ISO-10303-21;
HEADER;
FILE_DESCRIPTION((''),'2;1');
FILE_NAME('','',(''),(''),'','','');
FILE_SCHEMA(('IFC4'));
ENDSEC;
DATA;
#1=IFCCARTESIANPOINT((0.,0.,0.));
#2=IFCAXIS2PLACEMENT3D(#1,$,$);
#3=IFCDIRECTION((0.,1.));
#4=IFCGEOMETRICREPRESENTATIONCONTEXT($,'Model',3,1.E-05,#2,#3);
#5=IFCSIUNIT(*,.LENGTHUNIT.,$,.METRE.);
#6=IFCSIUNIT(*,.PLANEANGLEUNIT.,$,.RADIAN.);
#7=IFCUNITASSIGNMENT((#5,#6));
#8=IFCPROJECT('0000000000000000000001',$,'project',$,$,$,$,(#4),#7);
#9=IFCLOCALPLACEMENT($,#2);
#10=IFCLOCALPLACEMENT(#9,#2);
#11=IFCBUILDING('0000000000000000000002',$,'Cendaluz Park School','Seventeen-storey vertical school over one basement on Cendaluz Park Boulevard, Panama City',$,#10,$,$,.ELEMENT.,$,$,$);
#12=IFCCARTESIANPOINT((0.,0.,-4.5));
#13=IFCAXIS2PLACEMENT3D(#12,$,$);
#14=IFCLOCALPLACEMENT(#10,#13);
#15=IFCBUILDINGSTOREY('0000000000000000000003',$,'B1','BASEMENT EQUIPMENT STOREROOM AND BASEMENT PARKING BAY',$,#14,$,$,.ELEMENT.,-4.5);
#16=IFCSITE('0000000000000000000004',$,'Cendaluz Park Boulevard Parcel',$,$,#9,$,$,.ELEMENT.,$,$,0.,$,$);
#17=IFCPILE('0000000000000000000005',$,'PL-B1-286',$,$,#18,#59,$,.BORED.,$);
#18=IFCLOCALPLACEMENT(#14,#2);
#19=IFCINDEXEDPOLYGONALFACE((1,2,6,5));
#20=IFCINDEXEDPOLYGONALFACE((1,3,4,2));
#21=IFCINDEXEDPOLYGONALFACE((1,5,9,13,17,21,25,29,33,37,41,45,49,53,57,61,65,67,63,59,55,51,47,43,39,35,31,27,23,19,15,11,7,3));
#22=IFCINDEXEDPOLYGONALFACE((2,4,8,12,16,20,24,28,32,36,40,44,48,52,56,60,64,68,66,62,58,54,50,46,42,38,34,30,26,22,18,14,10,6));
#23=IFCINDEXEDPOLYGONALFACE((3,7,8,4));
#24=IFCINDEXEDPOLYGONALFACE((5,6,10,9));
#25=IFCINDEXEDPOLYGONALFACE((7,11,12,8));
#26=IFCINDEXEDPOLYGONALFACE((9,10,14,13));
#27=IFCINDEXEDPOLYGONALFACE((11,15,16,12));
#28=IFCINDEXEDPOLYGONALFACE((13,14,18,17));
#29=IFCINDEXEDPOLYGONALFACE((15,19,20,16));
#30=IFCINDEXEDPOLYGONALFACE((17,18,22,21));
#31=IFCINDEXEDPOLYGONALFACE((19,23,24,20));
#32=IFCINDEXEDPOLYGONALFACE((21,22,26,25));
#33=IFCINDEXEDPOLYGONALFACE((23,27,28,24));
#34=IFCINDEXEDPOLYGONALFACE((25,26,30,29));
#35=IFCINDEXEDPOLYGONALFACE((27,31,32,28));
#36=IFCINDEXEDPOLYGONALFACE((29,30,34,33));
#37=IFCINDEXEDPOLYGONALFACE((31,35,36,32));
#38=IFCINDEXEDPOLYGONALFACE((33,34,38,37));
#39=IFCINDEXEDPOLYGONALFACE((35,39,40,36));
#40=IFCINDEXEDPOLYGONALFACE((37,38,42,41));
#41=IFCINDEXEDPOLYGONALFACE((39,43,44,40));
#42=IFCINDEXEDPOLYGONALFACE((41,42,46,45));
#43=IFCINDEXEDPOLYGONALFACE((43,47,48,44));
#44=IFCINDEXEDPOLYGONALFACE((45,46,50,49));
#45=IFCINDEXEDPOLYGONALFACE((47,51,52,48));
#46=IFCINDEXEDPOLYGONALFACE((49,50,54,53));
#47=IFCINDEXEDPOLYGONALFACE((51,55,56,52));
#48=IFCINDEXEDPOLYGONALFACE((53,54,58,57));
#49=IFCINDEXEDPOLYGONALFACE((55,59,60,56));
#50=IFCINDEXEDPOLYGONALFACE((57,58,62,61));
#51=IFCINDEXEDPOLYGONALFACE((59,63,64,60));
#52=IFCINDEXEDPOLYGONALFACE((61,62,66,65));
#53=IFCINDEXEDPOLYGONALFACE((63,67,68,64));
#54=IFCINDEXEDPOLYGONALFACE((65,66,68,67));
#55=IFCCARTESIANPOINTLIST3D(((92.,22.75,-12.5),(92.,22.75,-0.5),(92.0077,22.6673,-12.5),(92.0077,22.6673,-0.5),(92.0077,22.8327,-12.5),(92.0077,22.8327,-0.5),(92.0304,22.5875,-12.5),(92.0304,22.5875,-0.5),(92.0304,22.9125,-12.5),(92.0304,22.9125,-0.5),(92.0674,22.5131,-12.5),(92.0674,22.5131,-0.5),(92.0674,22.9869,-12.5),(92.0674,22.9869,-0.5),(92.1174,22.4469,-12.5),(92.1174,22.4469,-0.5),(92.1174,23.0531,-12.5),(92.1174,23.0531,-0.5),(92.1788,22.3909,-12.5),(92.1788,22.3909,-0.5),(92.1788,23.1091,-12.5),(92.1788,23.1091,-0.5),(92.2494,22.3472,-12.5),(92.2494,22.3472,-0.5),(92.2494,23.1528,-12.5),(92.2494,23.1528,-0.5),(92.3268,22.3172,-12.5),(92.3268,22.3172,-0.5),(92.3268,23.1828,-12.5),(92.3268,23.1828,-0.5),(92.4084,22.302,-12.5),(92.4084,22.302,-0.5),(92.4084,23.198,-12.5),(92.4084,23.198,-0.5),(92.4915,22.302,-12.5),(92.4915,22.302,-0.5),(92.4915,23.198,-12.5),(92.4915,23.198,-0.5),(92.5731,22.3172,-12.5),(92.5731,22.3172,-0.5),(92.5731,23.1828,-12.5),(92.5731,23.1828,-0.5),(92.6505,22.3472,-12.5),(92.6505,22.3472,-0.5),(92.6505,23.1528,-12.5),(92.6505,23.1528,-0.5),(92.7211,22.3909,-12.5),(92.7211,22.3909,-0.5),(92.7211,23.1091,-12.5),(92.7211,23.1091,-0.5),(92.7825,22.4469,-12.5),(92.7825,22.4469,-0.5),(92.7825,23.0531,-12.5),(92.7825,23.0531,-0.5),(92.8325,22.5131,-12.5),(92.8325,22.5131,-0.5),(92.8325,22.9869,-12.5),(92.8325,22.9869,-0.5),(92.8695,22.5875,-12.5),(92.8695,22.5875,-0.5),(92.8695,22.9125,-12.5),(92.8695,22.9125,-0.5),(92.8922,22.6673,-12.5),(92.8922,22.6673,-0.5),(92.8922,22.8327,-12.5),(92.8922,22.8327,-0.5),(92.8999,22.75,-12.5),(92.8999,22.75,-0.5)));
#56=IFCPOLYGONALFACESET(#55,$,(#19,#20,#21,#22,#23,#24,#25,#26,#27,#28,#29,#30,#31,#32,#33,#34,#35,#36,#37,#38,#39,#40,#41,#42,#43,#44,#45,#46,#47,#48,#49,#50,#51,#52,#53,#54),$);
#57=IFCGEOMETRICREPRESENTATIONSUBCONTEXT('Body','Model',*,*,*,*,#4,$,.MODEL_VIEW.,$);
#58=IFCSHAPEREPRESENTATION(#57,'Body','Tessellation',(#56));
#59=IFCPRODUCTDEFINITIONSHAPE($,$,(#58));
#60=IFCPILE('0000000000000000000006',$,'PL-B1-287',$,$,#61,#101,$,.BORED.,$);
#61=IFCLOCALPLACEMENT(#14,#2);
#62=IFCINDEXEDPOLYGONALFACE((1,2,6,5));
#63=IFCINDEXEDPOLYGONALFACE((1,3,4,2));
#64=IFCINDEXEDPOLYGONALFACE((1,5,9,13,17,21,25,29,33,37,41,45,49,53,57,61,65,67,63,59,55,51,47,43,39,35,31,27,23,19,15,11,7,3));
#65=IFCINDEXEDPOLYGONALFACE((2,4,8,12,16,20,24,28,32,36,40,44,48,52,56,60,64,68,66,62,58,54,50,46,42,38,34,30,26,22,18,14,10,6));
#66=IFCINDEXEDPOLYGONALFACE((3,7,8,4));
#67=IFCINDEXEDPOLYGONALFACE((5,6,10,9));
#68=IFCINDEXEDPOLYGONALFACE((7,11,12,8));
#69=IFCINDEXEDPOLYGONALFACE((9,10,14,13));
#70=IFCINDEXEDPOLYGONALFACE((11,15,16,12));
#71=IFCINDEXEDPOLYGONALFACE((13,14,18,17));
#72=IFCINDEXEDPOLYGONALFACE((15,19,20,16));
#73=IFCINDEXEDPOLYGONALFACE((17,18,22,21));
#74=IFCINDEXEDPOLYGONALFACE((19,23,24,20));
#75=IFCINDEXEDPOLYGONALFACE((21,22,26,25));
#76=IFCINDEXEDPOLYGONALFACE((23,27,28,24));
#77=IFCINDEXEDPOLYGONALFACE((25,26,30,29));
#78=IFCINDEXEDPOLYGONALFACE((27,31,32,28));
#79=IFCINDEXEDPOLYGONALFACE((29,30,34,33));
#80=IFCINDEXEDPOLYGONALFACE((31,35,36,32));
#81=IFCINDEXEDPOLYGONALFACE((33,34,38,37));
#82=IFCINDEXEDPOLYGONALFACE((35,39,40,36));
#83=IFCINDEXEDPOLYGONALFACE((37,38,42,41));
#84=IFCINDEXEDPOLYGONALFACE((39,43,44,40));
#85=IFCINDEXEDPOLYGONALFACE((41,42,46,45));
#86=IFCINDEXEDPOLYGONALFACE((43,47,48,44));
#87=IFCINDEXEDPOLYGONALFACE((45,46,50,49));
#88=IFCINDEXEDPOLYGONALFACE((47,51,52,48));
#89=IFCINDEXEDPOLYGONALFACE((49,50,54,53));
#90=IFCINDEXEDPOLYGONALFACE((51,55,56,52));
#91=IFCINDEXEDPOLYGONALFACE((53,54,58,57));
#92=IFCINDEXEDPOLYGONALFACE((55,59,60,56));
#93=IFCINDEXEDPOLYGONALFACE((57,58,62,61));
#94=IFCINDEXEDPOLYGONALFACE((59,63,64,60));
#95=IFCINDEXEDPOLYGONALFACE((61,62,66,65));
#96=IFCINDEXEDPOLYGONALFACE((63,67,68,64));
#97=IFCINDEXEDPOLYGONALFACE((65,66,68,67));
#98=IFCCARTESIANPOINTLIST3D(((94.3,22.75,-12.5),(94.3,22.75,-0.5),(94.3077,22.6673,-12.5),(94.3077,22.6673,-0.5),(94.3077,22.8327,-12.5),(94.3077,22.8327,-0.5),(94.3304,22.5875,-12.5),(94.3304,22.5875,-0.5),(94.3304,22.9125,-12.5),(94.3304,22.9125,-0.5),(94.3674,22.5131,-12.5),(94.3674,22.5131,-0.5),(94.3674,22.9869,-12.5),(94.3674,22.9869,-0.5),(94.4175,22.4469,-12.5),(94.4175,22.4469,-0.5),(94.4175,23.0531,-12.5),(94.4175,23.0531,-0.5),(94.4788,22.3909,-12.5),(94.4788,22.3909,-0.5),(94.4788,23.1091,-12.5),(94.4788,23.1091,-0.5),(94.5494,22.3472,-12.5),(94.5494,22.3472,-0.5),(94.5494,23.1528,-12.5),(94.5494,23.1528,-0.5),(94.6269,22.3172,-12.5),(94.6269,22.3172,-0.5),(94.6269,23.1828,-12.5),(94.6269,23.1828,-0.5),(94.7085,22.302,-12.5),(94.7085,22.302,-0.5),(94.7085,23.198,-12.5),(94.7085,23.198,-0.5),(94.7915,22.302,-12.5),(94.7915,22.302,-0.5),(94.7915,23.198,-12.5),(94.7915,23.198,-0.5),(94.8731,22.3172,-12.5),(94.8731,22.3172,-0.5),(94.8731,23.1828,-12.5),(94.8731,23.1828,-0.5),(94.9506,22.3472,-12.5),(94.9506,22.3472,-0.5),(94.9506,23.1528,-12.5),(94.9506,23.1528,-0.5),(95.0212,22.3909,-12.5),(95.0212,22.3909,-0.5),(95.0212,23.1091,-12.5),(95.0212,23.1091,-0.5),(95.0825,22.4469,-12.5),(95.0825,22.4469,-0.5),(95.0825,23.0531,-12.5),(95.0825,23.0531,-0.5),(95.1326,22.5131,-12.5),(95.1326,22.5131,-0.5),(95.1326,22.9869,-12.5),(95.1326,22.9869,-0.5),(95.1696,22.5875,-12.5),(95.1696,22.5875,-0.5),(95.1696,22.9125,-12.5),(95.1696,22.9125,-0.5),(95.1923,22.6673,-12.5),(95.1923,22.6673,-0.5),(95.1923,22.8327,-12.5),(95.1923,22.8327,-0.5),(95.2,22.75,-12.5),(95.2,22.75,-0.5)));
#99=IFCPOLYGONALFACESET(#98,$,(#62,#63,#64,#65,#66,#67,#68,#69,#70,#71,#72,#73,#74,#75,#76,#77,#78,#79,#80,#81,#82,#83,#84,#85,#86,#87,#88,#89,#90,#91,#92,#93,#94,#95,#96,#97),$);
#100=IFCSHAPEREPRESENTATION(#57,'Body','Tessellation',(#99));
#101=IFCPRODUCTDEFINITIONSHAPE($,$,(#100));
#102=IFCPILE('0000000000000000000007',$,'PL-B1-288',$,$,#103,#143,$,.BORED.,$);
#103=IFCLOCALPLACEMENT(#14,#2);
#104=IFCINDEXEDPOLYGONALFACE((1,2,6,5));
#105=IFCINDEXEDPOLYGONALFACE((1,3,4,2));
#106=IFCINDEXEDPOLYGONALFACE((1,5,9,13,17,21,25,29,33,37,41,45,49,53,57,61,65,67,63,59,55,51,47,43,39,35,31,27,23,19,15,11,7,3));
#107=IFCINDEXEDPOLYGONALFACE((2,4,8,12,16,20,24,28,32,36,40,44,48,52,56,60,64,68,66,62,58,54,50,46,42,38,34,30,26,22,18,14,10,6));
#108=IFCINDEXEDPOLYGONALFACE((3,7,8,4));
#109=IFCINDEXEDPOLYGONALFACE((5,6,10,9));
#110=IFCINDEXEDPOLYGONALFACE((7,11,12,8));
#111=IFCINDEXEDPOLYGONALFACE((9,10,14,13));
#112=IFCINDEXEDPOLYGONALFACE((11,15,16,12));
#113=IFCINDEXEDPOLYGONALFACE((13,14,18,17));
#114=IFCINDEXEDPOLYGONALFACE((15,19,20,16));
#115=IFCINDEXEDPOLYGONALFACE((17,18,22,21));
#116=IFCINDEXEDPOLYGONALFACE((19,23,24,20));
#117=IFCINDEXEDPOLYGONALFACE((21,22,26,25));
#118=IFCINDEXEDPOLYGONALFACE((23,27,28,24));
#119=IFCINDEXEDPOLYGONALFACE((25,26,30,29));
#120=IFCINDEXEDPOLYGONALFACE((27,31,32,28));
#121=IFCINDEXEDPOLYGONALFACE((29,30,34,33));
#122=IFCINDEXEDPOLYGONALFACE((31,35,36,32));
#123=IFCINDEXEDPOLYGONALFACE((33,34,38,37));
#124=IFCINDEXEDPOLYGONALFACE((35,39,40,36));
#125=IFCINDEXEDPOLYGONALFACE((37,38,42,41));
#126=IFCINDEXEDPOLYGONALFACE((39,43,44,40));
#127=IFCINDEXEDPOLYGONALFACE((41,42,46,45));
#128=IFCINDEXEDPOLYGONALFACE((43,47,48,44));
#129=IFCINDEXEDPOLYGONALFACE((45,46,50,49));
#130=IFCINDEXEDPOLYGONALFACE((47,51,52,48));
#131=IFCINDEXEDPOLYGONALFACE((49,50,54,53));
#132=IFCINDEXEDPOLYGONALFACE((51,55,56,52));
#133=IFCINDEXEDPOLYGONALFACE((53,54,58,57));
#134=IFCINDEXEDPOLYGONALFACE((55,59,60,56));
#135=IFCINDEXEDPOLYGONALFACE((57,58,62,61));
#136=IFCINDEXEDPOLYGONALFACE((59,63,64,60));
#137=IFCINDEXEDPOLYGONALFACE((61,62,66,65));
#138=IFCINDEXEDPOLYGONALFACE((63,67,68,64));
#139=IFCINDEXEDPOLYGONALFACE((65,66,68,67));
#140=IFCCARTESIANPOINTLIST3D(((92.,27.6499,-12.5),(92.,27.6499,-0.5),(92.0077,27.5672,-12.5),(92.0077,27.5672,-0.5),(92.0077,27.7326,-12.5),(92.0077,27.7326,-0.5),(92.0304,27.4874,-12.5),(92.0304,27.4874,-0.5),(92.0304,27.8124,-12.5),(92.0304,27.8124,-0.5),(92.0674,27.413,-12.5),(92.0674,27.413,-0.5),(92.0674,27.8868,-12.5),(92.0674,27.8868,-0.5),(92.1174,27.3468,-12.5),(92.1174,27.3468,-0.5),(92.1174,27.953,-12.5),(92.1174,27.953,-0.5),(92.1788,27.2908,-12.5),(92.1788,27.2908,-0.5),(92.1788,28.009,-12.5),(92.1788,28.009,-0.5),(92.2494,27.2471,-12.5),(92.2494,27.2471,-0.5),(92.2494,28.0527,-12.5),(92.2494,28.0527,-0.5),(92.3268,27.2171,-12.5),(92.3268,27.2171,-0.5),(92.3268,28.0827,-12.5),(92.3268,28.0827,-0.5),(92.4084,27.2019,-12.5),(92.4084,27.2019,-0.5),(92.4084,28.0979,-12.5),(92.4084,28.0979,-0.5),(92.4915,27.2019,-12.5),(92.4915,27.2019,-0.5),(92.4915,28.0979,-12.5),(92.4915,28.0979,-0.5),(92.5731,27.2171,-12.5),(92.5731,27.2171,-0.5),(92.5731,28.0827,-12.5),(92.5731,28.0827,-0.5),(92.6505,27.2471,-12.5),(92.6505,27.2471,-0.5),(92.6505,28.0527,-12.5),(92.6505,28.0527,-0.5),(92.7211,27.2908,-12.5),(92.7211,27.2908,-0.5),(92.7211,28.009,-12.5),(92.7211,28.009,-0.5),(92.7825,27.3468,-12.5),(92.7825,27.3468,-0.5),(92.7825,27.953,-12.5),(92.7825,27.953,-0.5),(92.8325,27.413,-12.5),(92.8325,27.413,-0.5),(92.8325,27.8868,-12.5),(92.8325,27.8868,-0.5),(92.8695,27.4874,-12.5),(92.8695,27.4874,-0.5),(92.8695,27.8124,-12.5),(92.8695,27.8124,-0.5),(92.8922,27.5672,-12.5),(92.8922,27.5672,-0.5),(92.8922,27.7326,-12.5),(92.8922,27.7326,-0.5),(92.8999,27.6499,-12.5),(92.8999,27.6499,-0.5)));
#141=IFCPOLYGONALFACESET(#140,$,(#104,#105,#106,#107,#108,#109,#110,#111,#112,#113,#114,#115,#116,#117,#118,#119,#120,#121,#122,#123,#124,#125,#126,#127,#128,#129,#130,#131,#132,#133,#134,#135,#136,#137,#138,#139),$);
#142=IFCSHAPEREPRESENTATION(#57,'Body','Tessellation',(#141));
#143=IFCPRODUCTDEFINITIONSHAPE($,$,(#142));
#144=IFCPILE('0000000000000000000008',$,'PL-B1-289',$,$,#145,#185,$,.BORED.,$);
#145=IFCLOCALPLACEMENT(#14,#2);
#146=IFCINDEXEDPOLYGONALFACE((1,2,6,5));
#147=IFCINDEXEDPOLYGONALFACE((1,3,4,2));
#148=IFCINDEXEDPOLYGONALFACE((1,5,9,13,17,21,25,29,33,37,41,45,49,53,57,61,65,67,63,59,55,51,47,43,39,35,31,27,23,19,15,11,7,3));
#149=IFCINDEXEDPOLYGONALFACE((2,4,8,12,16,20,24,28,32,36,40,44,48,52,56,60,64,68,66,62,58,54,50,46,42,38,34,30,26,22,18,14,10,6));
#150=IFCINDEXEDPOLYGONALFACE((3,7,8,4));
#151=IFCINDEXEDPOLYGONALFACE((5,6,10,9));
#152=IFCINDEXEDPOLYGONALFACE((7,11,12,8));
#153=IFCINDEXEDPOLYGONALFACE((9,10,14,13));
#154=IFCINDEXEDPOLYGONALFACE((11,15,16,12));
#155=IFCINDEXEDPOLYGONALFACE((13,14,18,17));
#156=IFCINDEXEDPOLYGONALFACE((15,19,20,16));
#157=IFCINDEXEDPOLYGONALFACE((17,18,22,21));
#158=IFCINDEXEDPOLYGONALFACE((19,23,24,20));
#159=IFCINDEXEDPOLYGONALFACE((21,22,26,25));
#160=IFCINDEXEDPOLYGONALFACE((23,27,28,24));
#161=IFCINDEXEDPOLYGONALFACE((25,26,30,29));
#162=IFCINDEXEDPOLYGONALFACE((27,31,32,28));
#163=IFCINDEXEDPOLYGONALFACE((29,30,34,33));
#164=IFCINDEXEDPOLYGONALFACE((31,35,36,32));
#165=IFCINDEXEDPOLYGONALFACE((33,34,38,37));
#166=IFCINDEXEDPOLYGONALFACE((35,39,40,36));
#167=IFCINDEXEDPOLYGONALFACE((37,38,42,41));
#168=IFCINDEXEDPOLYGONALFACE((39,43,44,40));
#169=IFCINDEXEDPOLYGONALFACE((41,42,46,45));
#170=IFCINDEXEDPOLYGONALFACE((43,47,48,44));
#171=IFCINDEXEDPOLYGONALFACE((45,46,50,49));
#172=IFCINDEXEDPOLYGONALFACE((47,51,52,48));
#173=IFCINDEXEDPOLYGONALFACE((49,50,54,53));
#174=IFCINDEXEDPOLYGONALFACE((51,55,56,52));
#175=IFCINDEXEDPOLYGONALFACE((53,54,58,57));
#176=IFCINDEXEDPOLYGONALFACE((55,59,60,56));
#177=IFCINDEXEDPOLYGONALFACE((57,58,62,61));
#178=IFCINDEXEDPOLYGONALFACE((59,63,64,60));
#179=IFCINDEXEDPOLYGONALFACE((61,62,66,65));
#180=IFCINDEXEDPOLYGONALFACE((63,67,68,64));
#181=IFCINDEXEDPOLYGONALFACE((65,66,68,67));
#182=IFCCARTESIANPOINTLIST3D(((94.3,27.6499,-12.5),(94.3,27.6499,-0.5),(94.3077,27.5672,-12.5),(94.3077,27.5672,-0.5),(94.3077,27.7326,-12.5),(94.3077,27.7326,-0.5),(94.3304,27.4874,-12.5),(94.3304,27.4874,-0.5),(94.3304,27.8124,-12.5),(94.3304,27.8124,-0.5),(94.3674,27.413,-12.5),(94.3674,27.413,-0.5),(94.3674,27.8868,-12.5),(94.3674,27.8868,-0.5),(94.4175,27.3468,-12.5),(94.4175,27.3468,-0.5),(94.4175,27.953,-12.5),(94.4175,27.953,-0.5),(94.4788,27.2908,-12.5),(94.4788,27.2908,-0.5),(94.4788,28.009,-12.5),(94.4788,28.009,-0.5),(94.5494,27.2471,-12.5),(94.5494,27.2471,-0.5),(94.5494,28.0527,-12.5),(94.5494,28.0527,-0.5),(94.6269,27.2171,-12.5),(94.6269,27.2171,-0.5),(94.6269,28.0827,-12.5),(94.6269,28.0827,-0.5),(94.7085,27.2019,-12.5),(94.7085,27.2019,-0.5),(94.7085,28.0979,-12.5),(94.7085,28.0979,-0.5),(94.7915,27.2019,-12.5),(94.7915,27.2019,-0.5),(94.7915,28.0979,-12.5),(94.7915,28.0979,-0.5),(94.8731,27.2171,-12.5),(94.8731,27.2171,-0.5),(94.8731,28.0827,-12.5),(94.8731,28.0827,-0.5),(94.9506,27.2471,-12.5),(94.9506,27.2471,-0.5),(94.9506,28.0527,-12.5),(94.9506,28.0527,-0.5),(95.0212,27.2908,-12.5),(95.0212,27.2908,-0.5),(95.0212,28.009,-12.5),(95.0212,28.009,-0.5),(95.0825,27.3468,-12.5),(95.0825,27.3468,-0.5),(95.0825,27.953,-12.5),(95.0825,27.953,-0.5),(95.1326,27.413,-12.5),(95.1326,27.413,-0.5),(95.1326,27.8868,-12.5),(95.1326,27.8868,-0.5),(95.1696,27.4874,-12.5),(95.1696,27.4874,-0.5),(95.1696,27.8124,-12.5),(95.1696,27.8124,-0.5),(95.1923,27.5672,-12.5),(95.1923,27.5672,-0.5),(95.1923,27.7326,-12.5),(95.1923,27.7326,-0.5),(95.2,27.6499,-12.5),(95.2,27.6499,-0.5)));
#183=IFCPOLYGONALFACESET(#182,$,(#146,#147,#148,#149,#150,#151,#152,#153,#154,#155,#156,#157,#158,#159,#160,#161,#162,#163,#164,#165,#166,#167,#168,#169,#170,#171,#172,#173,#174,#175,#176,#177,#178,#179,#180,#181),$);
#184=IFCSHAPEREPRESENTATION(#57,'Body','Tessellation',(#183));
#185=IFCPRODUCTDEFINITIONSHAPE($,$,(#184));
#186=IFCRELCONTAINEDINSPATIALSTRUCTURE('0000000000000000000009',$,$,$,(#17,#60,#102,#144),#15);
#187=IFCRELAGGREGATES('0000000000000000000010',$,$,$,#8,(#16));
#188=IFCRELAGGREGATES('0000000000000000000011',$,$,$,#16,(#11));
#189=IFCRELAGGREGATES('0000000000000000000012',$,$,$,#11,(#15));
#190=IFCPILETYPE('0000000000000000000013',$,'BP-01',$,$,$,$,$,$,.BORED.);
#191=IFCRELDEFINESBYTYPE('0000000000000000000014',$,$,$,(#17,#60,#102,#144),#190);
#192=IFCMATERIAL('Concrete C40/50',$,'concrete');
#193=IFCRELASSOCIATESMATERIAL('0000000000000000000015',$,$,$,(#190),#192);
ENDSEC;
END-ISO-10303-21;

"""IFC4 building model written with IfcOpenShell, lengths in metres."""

from ifc_helpers import new_model, si_unit, direction, frame, origin, origin_2d, place, context, subcontext, project, spatial, circle, extrude, material, material_profile, profile_set, type_object, element, save


model = new_model("IFC4")

# Units and contexts
model_context = context("Model", 3, precision=1e-05, world=origin(), true_north=direction((0.0, 1.0)))
body_context = subcontext(model_context, "Body", "Model", "MODEL_VIEW")
ifc_project = project(units=[si_unit("LENGTHUNIT", "METRE"), si_unit("PLANEANGLEUNIT", "RADIAN")], contexts=[model_context])

# Site, building, storey
site_placement = place(None, origin())
site = spatial("IfcSite", under=ifc_project, at=site_placement, Name="Cendaluz Park Boulevard Parcel", CompositionType="ELEMENT", RefElevation=0.0)
building_placement = place(site_placement, origin())
building = spatial("IfcBuilding", under=site, at=building_placement, Name="Cendaluz Park School", Description="Seventeen-storey vertical school over one basement on Cendaluz Park Boulevard, Panama City", CompositionType="ELEMENT")
storey_placement = place(building_placement, frame((0.0, 0.0, -4.5)))
storey = spatial("IfcBuildingStorey", under=building, at=storey_placement, Name="B1", Description="BASEMENT EQUIPMENT STOREROOM AND BASEMENT PARKING BAY", CompositionType="ELEMENT", Elevation=-4.5)

# Piles
ifc_material_1 = material(Name="Concrete C40/50", Category="concrete")
ifc_material_profile_1 = material_profile(ifc_material_1, circle(Radius=0.45, at=origin_2d()), Name="BP D900", Category="concrete")
ifc_profile_set_1 = profile_set([ifc_material_profile_1], Name="Concrete C40/50")
pile_type = type_object("IfcPileType", Name="BP-01", PredefinedType="BORED", material=ifc_profile_set_1)
for number, where, z_axis, x_axis, name in (
    (1, (92.45, 22.75, -0.5), (0.0, 0.0, -1.0), (1.0, 0.0, 0.0), "PL-B1-286"),
    (2, (94.75, 22.75, -0.5), (0.0, 0.0, -1.0), (1.0, 0.0, 0.0), "PL-B1-287"),
    (3, (92.45, 27.6499, -0.5), (0.0, 0.0, -1.0), (1.0, 0.0, 0.0), "PL-B1-288"),
    (4, (94.75, 27.6499, -0.5), (0.0, 0.0, -1.0), (1.0, 0.0, 0.0), "PL-B1-289"),
):
    element("IfcPile", number, at=place(storey_placement, frame(where, z_axis=z_axis, x_axis=x_axis)), inside=storey, type_object=pile_type, Name=name, PredefinedType="BORED", context=body_context, shape_type="SweptSolid", body=[
        extrude(circle(Radius=0.45, at=origin_2d()), origin(), (0.0, 0.0, 1.0), 12.0),
    ])

save(model, "model.ifc")
